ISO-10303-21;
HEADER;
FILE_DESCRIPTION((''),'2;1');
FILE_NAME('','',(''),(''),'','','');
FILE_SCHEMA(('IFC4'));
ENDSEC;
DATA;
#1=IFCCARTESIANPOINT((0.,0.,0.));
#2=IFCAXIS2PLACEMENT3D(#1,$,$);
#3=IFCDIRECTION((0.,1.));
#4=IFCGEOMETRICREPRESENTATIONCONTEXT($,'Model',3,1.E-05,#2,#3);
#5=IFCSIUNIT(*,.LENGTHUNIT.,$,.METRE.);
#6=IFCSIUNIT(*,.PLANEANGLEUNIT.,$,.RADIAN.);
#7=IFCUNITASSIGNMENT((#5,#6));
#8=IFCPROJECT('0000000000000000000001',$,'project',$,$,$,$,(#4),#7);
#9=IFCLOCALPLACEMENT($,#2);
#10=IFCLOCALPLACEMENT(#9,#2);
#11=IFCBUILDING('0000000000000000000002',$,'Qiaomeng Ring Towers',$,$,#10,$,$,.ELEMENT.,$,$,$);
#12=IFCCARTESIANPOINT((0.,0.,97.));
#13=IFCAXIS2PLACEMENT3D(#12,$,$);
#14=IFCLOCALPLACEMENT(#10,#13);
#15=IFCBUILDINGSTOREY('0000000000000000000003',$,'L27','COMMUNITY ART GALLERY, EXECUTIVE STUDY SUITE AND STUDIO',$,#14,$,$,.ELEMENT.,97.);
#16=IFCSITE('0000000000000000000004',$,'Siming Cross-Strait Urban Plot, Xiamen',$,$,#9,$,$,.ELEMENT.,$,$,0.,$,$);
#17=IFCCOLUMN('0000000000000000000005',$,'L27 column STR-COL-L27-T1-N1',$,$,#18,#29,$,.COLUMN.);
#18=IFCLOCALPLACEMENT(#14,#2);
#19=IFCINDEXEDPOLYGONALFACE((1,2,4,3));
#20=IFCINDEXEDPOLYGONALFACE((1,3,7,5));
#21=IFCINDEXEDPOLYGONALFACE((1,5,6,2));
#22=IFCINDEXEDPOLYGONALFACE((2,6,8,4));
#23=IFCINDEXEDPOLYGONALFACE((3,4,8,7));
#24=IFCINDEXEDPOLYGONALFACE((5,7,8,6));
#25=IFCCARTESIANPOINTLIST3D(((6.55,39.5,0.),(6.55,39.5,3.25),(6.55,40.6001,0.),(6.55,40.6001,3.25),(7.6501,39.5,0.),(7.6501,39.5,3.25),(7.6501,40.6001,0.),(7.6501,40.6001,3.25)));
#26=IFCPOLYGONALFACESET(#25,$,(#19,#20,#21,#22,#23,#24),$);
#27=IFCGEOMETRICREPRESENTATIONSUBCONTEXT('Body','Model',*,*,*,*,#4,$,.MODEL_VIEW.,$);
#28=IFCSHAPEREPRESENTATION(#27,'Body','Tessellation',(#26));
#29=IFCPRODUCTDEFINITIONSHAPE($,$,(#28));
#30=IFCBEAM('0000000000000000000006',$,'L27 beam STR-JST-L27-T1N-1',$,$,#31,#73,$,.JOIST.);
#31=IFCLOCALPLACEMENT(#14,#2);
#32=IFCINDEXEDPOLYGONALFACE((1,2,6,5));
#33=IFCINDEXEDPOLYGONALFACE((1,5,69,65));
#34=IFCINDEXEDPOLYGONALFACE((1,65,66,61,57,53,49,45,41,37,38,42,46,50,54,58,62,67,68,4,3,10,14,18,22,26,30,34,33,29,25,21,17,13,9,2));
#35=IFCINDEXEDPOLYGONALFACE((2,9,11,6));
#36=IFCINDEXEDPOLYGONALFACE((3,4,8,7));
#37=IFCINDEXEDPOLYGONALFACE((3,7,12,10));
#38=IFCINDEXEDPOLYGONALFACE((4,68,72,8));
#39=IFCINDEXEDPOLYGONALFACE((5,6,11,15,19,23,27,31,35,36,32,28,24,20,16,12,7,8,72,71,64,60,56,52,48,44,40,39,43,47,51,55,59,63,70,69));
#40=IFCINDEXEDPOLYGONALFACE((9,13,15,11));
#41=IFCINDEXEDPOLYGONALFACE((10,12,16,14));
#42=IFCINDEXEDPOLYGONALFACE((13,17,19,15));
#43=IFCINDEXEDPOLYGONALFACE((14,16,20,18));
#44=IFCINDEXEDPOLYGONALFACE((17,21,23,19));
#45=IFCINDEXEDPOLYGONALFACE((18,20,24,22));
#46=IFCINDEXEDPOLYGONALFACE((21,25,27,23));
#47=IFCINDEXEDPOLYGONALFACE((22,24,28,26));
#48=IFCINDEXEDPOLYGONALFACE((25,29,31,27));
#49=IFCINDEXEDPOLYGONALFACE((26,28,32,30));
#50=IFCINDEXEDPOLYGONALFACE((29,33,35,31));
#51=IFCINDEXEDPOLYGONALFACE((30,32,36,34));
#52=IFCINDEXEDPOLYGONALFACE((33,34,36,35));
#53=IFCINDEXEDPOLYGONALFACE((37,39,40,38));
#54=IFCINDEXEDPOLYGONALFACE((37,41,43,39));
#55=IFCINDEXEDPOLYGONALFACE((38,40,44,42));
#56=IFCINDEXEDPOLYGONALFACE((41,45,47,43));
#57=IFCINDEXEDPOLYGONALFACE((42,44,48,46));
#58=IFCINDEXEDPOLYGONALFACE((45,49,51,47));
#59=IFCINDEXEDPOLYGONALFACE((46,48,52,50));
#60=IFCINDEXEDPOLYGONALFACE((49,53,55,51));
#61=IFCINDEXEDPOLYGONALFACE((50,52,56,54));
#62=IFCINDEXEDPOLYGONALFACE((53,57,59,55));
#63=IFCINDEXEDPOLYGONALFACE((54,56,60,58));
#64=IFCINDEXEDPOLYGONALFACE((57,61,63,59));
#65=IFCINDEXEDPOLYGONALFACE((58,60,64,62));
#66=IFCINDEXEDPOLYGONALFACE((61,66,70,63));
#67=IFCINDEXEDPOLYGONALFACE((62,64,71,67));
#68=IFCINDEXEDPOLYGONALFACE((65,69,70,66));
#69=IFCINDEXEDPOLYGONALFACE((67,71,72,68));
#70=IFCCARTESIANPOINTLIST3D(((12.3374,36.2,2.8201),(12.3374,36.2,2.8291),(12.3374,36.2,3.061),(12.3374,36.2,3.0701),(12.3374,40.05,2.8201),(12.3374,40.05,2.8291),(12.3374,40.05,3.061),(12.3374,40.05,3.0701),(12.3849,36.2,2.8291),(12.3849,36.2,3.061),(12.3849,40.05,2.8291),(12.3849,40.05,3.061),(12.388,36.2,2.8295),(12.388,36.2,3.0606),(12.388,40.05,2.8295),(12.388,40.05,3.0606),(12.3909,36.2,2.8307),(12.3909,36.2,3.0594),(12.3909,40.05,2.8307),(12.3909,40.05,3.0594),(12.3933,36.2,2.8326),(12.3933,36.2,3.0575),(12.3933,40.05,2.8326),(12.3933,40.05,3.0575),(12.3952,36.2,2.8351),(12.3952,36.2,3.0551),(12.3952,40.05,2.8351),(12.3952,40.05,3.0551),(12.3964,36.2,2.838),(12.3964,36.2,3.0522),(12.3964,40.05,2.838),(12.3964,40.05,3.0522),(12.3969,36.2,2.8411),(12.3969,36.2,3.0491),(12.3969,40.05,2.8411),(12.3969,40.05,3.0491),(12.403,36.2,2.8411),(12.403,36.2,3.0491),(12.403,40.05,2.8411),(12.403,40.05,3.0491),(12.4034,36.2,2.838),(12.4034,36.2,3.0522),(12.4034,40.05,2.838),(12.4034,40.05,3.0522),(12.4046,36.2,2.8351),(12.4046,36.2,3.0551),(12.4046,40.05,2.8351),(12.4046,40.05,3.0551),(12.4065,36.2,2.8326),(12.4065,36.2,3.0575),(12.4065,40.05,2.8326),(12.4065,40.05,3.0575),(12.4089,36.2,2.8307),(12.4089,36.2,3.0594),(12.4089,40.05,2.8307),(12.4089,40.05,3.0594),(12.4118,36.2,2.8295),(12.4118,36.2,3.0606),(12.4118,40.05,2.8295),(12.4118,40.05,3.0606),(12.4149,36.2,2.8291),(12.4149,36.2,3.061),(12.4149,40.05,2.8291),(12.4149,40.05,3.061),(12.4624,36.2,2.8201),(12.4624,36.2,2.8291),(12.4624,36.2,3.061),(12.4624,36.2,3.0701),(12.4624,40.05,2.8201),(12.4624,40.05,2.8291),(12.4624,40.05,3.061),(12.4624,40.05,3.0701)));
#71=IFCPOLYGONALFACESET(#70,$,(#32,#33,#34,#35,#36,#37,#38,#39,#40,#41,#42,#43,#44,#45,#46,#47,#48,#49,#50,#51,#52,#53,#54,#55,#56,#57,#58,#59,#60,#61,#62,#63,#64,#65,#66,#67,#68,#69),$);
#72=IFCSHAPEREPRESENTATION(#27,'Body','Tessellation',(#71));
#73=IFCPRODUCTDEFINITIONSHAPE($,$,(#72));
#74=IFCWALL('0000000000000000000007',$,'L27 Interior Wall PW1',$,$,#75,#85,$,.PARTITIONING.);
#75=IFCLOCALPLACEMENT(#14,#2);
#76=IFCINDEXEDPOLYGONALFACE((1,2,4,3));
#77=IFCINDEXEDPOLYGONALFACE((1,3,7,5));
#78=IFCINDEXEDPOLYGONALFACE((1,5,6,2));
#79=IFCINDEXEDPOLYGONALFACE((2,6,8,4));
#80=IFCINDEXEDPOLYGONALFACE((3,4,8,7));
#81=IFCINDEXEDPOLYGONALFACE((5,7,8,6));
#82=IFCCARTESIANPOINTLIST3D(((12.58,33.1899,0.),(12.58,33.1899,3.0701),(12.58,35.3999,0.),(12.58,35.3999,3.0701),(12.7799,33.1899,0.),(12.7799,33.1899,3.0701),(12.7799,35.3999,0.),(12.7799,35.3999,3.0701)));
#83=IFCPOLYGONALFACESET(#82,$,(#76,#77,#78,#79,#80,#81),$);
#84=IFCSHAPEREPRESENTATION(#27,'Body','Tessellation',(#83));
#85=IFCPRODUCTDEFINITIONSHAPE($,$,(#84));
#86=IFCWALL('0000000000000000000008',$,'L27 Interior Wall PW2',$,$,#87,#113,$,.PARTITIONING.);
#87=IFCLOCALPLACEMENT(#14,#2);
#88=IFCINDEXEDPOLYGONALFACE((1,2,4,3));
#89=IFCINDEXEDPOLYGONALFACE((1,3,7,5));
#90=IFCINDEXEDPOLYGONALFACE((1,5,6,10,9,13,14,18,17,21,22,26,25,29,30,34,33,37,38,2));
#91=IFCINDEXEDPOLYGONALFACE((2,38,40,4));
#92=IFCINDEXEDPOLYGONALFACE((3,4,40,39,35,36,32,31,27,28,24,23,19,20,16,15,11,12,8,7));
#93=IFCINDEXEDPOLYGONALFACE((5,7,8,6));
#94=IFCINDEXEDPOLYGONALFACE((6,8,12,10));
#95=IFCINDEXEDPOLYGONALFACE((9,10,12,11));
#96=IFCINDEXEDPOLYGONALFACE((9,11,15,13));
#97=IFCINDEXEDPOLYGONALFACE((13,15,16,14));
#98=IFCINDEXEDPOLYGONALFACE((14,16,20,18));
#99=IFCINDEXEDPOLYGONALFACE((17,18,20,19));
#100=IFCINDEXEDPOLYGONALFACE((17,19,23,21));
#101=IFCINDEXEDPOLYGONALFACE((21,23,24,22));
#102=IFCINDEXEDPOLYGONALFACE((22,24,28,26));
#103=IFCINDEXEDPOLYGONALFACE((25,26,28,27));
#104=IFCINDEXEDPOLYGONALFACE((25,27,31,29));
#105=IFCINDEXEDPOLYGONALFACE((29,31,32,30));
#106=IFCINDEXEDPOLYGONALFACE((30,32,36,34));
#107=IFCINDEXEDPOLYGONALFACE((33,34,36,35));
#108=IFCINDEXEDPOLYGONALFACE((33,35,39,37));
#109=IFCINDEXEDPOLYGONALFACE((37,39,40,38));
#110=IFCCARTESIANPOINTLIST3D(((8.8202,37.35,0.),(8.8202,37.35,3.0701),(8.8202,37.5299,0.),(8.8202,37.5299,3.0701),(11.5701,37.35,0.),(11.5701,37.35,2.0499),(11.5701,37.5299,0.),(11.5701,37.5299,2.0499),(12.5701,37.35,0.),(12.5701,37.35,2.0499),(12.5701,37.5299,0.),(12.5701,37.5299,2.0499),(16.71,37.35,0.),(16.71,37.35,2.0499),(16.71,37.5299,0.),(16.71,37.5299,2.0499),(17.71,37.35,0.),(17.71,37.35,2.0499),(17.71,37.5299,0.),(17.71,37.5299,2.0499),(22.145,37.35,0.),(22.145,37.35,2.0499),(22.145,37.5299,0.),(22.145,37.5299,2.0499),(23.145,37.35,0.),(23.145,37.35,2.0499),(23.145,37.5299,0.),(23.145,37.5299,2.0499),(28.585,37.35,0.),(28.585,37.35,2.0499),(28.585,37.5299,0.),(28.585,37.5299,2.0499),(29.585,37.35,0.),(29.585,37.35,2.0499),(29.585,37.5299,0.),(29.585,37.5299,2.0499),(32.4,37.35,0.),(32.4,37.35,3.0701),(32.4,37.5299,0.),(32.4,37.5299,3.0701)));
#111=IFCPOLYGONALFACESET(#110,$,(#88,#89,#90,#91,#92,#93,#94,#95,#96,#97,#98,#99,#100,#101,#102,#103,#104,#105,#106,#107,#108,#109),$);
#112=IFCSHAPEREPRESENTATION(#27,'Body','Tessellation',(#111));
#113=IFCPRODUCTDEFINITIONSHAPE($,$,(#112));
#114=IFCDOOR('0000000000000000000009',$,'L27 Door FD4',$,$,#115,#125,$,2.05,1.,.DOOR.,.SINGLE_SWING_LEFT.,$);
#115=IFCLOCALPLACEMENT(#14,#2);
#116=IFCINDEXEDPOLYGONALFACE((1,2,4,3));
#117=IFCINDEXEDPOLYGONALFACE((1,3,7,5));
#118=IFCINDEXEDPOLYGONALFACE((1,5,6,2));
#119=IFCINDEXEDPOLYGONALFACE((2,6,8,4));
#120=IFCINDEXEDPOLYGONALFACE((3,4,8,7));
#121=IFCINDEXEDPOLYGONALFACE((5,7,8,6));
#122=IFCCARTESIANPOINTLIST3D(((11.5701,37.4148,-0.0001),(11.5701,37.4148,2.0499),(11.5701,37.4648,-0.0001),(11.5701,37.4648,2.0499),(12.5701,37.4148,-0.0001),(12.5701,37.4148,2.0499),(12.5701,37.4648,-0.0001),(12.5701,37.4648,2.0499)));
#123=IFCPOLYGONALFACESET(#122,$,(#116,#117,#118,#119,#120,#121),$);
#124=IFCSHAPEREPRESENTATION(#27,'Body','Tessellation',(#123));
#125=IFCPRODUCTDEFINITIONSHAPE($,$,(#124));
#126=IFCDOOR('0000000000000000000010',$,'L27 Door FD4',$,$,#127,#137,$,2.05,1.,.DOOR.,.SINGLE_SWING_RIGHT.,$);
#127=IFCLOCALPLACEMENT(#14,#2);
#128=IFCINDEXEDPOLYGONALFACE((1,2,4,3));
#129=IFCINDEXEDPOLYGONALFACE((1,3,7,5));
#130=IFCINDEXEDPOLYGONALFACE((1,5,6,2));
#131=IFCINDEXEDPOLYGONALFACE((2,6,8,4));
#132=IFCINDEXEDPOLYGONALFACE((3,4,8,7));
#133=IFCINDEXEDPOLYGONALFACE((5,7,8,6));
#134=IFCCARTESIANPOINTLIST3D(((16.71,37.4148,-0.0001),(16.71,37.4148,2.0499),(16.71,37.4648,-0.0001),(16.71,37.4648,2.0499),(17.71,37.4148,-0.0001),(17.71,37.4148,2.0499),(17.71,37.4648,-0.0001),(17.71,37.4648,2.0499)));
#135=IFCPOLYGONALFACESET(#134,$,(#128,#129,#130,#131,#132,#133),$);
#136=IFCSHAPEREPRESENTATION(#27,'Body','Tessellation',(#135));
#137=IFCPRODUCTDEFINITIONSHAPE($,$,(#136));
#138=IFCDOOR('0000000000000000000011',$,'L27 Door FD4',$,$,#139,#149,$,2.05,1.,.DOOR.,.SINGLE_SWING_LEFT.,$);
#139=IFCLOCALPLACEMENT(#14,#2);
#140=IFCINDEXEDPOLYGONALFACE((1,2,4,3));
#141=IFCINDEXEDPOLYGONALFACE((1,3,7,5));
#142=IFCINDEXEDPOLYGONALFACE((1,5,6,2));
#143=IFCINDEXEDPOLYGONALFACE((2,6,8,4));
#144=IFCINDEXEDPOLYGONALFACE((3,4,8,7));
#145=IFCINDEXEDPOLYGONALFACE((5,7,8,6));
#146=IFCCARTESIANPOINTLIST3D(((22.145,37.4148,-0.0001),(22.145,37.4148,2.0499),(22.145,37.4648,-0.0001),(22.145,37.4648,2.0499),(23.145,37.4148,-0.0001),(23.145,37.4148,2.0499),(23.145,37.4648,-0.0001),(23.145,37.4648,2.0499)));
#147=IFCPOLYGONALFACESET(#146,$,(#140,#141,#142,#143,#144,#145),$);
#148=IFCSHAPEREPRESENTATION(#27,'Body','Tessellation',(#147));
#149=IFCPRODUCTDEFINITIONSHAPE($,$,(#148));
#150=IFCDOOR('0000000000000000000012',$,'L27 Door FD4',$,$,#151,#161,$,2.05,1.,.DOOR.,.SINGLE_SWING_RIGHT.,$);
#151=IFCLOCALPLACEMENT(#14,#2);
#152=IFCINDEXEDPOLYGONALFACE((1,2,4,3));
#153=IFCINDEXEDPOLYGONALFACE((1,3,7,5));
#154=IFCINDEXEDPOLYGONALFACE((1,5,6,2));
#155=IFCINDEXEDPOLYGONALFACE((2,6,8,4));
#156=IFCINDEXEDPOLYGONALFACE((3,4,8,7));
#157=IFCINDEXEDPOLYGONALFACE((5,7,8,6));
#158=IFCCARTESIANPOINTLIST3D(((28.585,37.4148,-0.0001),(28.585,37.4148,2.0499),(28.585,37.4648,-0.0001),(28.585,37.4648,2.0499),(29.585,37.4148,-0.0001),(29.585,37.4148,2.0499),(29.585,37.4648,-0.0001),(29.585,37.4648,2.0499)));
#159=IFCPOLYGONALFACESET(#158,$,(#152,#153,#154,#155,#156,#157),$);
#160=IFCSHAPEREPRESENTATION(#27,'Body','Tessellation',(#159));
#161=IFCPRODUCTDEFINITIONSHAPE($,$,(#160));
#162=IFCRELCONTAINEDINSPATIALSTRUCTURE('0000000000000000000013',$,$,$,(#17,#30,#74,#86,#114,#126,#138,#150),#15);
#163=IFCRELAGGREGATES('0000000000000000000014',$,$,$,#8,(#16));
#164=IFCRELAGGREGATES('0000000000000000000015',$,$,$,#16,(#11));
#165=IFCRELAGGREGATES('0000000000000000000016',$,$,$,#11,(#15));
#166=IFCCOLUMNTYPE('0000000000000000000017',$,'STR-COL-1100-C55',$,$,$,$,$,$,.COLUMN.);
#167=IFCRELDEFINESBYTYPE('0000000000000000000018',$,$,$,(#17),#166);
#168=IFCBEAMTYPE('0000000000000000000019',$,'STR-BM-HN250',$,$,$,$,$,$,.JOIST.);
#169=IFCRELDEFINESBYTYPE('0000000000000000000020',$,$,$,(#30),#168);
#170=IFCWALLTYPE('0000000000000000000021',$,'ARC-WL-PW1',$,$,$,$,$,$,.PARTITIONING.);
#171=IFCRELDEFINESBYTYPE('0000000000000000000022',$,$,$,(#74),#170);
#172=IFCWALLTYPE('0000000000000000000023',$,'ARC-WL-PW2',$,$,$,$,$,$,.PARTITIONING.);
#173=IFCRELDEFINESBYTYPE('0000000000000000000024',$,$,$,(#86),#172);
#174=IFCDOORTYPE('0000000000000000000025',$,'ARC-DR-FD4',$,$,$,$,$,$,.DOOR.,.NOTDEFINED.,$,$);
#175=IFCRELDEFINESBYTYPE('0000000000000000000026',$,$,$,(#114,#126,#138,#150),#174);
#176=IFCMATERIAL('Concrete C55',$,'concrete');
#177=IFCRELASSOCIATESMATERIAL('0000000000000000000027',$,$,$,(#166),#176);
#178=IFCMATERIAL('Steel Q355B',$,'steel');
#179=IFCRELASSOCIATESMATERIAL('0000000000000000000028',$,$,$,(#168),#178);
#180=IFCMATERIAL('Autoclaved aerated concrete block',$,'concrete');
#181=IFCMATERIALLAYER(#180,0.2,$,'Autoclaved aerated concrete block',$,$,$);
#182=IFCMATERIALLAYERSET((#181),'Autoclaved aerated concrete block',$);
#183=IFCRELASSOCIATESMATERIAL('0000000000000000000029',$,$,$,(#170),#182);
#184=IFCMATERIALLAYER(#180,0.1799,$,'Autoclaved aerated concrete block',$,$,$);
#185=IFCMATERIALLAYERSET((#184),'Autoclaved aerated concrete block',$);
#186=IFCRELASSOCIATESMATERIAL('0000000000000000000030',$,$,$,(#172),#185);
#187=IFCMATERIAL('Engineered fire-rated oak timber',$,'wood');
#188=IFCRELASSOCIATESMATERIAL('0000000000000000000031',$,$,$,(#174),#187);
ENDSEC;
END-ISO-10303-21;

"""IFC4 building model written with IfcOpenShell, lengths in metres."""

from ifc_helpers import new_model, si_unit, direction, frame, frame_2d, origin, origin_2d, place, context, subcontext, project, spatial, rectangle, i_section, extrude, source, transform, mapped, material, layer, layer_set, material_profile, profile_set, type_object, element, fill, save


model = new_model("IFC4")

# Units and contexts
model_context = context("Model", 3, precision=1e-05, world=origin(), true_north=direction((0.0, 1.0)))
body_context = subcontext(model_context, "Body", "Model", "MODEL_VIEW")
ifc_project = project(units=[si_unit("LENGTHUNIT", "METRE"), si_unit("PLANEANGLEUNIT", "RADIAN")], contexts=[model_context])

# Site, building, storey
site_placement = place(None, origin())
site = spatial("IfcSite", under=ifc_project, at=site_placement, Name="Siming Cross-Strait Urban Plot, Xiamen", CompositionType="ELEMENT", RefElevation=0.0)
building_placement = place(site_placement, origin())
building = spatial("IfcBuilding", under=site, at=building_placement, Name="Qiaomeng Ring Towers", CompositionType="ELEMENT")
storey_placement = place(building_placement, frame((0.0, 0.0, 97.0)))
storey = spatial("IfcBuildingStorey", under=building, at=storey_placement, Name="L27", Description="COMMUNITY ART GALLERY, EXECUTIVE STUDY SUITE AND STUDIO", CompositionType="ELEMENT", Elevation=97.0)

# Column
ifc_material_1 = material(Name="Concrete C55", Category="concrete")
ifc_material_profile_1 = material_profile(ifc_material_1, rectangle(XDim=1.1001, YDim=1.1001, at=origin_2d()), Name="RC COL 1100x1100")
ifc_profile_set_1 = profile_set([ifc_material_profile_1], Name="Concrete C55")
column_type = type_object("IfcColumnType", Name="STR-COL-1100-C55", PredefinedType="COLUMN", material=ifc_profile_set_1)
shared_shape_1 = source(origin(), body_context, "Body", "SweptSolid", [
    extrude(rectangle(XDim=1.1001, YDim=1.1001, at=origin_2d()), origin(), (0.0, 0.0, 1.0), 3.25),
])
column_placement = place(storey_placement, frame((7.1001, 40.05, 0.0), z_axis=(0.0, 0.0, 1.0), x_axis=(1.0, 0.0, 0.0)))
element("IfcColumn", 1, at=column_placement, inside=storey, type_object=column_type, Name="L27 column STR-COL-L27-T1-N1", PredefinedType="COLUMN", context=body_context, shape_type="MappedRepresentation", body=[
    mapped(shared_shape_1, transform((0.0, 0.0, 0.0), x_axis=(1.0, 0.0, 0.0), y_axis=(0.0, 1.0, 0.0), z_axis=(0.0, 0.0, 1.0), scale=1.0)),
])

# Beam
ifc_material_2 = material(Name="Steel Q355B", Category="steel")
ifc_material_profile_2 = material_profile(ifc_material_2, i_section(OverallWidth=0.125, OverallDepth=0.25, WebThickness=0.0061, FlangeThickness=0.009, FilletRadius=0.012, at=origin_2d()), Name="HN 250x125x6x9")
ifc_profile_set_2 = profile_set([ifc_material_profile_2], Name="Steel Q355B")
beam_type = type_object("IfcBeamType", Name="STR-BM-HN250", PredefinedType="JOIST", material=ifc_profile_set_2)
shared_shape_2 = source(origin(), body_context, "Body", "SweptSolid", [
    extrude(i_section(OverallWidth=0.125, OverallDepth=0.25, WebThickness=0.0061, FlangeThickness=0.009, FilletRadius=0.012, at=origin_2d()), origin(), (0.0, 0.0, 1.0), 3.8501),
])
beam_placement = place(storey_placement, frame((12.3999, 36.2, 2.9451), z_axis=(0.0, 1.0, 0.0), x_axis=(-1.0, 0.0, 0.0)))
element("IfcBeam", 2, at=beam_placement, inside=storey, type_object=beam_type, Name="L27 beam STR-JST-L27-T1N-1", PredefinedType="JOIST", context=body_context, shape_type="MappedRepresentation", body=[
    mapped(shared_shape_2, transform((0.0, 0.0, 0.0), x_axis=(1.0, 0.0, 0.0), y_axis=(0.0, 1.0, 0.0), z_axis=(0.0, 0.0, 1.0), scale=1.0)),
])

# Wall
ifc_material_3 = material(Name="Autoclaved aerated concrete block", Category="concrete")
ifc_layer_1 = layer(ifc_material_3, 0.2, Name="Autoclaved aerated concrete block")
ifc_layer_set_1 = layer_set([ifc_layer_1], Name="Autoclaved aerated concrete block")
wall_type_1 = type_object("IfcWallType", Name="ARC-WL-PW1", PredefinedType="PARTITIONING", material=ifc_layer_set_1)
wall_1_placement = place(storey_placement, frame((12.6799, 33.1899, 0.0), z_axis=(0.0, 0.0, 1.0), x_axis=(0.0, 1.0, 0.0)))
element("IfcWall", 3, at=wall_1_placement, inside=storey, type_object=wall_type_1, Name="L27 Interior Wall PW1", PredefinedType="PARTITIONING", context=body_context, shape_type="SweptSolid", body=[
    extrude(rectangle(XDim=2.21, YDim=0.2, at=frame_2d((1.105, 0.0))), origin(), (0.0, 0.0, 1.0), 3.0701),
])

# Wall, openings, doors
ifc_layer_2 = layer(ifc_material_3, 0.1799, Name="Autoclaved aerated concrete block")
ifc_layer_set_2 = layer_set([ifc_layer_2], Name="Autoclaved aerated concrete block")
wall_type_2 = type_object("IfcWallType", Name="ARC-WL-PW2", PredefinedType="PARTITIONING", material=ifc_layer_set_2)
wall_2_placement = place(storey_placement, frame((8.8201, 37.4399, 0.0), z_axis=(0.0, 0.0, 1.0), x_axis=(1.0, 0.0, 0.0)))
wall_2 = element("IfcWall", 4, at=wall_2_placement, inside=storey, type_object=wall_type_2, Name="L27 Interior Wall PW2", PredefinedType="PARTITIONING", context=body_context, shape_type="SweptSolid", body=[
    extrude(rectangle(XDim=23.5798, YDim=0.1799, at=frame_2d((11.79, 0.0))), origin(), (0.0, 0.0, 1.0), 3.0701),
])
opening_1_placement = place(wall_2_placement, frame((2.75, 0.0, 0.0)))
opening_1 = element("IfcOpeningElement", 5, at=opening_1_placement, cuts=wall_2, PredefinedType="OPENING", context=body_context, shape_type="SweptSolid", body=[
    extrude(rectangle(XDim=1.0, YDim=2.05, at=frame_2d((0.5, 1.0249))), frame((0.0, 0.0999, 0.0), z_axis=(0.0, -1.0, 0.0), x_axis=(1.0, 0.0, 0.0)), (0.0, 0.0, 1.0), 0.2),
])
opening_2_placement = place(wall_2_placement, frame((7.8899, 0.0, 0.0)))
opening_2 = element("IfcOpeningElement", 6, at=opening_2_placement, cuts=wall_2, PredefinedType="OPENING", context=body_context, shape_type="SweptSolid", body=[
    extrude(rectangle(XDim=1.0, YDim=2.05, at=frame_2d((0.5, 1.0249))), frame((0.0, 0.0999, 0.0), z_axis=(0.0, -1.0, 0.0), x_axis=(1.0, 0.0, 0.0)), (0.0, 0.0, 1.0), 0.2),
])
opening_3_placement = place(wall_2_placement, frame((13.325, 0.0, 0.0)))
opening_3 = element("IfcOpeningElement", 7, at=opening_3_placement, cuts=wall_2, PredefinedType="OPENING", context=body_context, shape_type="SweptSolid", body=[
    extrude(rectangle(XDim=1.0, YDim=2.05, at=frame_2d((0.5, 1.0249))), frame((0.0, 0.0999, 0.0), z_axis=(0.0, -1.0, 0.0), x_axis=(1.0, 0.0, 0.0)), (0.0, 0.0, 1.0), 0.2),
])
opening_4_placement = place(wall_2_placement, frame((19.7649, 0.0, 0.0)))
opening_4 = element("IfcOpeningElement", 8, at=opening_4_placement, cuts=wall_2, PredefinedType="OPENING", context=body_context, shape_type="SweptSolid", body=[
    extrude(rectangle(XDim=1.0, YDim=2.05, at=frame_2d((0.5, 1.0249))), frame((0.0, 0.0999, 0.0), z_axis=(0.0, -1.0, 0.0), x_axis=(1.0, 0.0, 0.0)), (0.0, 0.0, 1.0), 0.2),
])
ifc_material_4 = material(Name="Engineered fire-rated oak timber", Category="wood")
door_type_1 = type_object("IfcDoorType", Name="ARC-DR-FD4", OperationType="NOTDEFINED", PredefinedType="DOOR", material=ifc_material_4)
shared_shape_3 = source(origin(), body_context, "Body", "SweptSolid", [
    extrude(rectangle(XDim=1.0, YDim=2.05, at=frame_2d((0.5, 1.0249))), frame((0.0, 0.0249, 0.0), z_axis=(0.0, -1.0, 0.0), x_axis=(1.0, 0.0, 0.0)), (0.0, 0.0, 1.0), 0.05),
])
door_1_placement = place(opening_1_placement, origin())
door_1 = element("IfcDoor", 9, at=door_1_placement, inside=storey, type_object=door_type_1, Name="L27 Door FD4", OperationType="SINGLE_SWING_LEFT", OverallHeight=2.05, OverallWidth=1.0, PredefinedType="DOOR", context=body_context, shape_type="MappedRepresentation", body=[
    mapped(shared_shape_3, transform((0.0, 0.0, 0.0), x_axis=(1.0, 0.0, 0.0), y_axis=(0.0, 1.0, 0.0), z_axis=(0.0, 0.0, 1.0), scale=1.0)),
])
fill(opening_1, door_1)
door_2_placement = place(opening_2_placement, origin())
door_2 = element("IfcDoor", 10, at=door_2_placement, inside=storey, type_object=door_type_1, Name="L27 Door FD4", OperationType="SINGLE_SWING_RIGHT", OverallHeight=2.05, OverallWidth=1.0, PredefinedType="DOOR", context=body_context, shape_type="MappedRepresentation", body=[
    mapped(shared_shape_3, transform((0.0, 0.0, 0.0), x_axis=(1.0, 0.0, 0.0), y_axis=(0.0, 1.0, 0.0), z_axis=(0.0, 0.0, 1.0), scale=1.0)),
])
fill(opening_2, door_2)
door_3_placement = place(opening_3_placement, origin())
door_3 = element("IfcDoor", 11, at=door_3_placement, inside=storey, type_object=door_type_1, Name="L27 Door FD4", OperationType="SINGLE_SWING_LEFT", OverallHeight=2.05, OverallWidth=1.0, PredefinedType="DOOR", context=body_context, shape_type="MappedRepresentation", body=[
    mapped(shared_shape_3, transform((0.0, 0.0, 0.0), x_axis=(1.0, 0.0, 0.0), y_axis=(0.0, 1.0, 0.0), z_axis=(0.0, 0.0, 1.0), scale=1.0)),
])
fill(opening_3, door_3)
door_4_placement = place(opening_4_placement, origin())
door_4 = element("IfcDoor", 12, at=door_4_placement, inside=storey, type_object=door_type_1, Name="L27 Door FD4", OperationType="SINGLE_SWING_RIGHT", OverallHeight=2.05, OverallWidth=1.0, PredefinedType="DOOR", context=body_context, shape_type="MappedRepresentation", body=[
    mapped(shared_shape_3, transform((0.0, 0.0, 0.0), x_axis=(1.0, 0.0, 0.0), y_axis=(0.0, 1.0, 0.0), z_axis=(0.0, 0.0, 1.0), scale=1.0)),
])
fill(opening_4, door_4)

save(model, "model.ifc")
